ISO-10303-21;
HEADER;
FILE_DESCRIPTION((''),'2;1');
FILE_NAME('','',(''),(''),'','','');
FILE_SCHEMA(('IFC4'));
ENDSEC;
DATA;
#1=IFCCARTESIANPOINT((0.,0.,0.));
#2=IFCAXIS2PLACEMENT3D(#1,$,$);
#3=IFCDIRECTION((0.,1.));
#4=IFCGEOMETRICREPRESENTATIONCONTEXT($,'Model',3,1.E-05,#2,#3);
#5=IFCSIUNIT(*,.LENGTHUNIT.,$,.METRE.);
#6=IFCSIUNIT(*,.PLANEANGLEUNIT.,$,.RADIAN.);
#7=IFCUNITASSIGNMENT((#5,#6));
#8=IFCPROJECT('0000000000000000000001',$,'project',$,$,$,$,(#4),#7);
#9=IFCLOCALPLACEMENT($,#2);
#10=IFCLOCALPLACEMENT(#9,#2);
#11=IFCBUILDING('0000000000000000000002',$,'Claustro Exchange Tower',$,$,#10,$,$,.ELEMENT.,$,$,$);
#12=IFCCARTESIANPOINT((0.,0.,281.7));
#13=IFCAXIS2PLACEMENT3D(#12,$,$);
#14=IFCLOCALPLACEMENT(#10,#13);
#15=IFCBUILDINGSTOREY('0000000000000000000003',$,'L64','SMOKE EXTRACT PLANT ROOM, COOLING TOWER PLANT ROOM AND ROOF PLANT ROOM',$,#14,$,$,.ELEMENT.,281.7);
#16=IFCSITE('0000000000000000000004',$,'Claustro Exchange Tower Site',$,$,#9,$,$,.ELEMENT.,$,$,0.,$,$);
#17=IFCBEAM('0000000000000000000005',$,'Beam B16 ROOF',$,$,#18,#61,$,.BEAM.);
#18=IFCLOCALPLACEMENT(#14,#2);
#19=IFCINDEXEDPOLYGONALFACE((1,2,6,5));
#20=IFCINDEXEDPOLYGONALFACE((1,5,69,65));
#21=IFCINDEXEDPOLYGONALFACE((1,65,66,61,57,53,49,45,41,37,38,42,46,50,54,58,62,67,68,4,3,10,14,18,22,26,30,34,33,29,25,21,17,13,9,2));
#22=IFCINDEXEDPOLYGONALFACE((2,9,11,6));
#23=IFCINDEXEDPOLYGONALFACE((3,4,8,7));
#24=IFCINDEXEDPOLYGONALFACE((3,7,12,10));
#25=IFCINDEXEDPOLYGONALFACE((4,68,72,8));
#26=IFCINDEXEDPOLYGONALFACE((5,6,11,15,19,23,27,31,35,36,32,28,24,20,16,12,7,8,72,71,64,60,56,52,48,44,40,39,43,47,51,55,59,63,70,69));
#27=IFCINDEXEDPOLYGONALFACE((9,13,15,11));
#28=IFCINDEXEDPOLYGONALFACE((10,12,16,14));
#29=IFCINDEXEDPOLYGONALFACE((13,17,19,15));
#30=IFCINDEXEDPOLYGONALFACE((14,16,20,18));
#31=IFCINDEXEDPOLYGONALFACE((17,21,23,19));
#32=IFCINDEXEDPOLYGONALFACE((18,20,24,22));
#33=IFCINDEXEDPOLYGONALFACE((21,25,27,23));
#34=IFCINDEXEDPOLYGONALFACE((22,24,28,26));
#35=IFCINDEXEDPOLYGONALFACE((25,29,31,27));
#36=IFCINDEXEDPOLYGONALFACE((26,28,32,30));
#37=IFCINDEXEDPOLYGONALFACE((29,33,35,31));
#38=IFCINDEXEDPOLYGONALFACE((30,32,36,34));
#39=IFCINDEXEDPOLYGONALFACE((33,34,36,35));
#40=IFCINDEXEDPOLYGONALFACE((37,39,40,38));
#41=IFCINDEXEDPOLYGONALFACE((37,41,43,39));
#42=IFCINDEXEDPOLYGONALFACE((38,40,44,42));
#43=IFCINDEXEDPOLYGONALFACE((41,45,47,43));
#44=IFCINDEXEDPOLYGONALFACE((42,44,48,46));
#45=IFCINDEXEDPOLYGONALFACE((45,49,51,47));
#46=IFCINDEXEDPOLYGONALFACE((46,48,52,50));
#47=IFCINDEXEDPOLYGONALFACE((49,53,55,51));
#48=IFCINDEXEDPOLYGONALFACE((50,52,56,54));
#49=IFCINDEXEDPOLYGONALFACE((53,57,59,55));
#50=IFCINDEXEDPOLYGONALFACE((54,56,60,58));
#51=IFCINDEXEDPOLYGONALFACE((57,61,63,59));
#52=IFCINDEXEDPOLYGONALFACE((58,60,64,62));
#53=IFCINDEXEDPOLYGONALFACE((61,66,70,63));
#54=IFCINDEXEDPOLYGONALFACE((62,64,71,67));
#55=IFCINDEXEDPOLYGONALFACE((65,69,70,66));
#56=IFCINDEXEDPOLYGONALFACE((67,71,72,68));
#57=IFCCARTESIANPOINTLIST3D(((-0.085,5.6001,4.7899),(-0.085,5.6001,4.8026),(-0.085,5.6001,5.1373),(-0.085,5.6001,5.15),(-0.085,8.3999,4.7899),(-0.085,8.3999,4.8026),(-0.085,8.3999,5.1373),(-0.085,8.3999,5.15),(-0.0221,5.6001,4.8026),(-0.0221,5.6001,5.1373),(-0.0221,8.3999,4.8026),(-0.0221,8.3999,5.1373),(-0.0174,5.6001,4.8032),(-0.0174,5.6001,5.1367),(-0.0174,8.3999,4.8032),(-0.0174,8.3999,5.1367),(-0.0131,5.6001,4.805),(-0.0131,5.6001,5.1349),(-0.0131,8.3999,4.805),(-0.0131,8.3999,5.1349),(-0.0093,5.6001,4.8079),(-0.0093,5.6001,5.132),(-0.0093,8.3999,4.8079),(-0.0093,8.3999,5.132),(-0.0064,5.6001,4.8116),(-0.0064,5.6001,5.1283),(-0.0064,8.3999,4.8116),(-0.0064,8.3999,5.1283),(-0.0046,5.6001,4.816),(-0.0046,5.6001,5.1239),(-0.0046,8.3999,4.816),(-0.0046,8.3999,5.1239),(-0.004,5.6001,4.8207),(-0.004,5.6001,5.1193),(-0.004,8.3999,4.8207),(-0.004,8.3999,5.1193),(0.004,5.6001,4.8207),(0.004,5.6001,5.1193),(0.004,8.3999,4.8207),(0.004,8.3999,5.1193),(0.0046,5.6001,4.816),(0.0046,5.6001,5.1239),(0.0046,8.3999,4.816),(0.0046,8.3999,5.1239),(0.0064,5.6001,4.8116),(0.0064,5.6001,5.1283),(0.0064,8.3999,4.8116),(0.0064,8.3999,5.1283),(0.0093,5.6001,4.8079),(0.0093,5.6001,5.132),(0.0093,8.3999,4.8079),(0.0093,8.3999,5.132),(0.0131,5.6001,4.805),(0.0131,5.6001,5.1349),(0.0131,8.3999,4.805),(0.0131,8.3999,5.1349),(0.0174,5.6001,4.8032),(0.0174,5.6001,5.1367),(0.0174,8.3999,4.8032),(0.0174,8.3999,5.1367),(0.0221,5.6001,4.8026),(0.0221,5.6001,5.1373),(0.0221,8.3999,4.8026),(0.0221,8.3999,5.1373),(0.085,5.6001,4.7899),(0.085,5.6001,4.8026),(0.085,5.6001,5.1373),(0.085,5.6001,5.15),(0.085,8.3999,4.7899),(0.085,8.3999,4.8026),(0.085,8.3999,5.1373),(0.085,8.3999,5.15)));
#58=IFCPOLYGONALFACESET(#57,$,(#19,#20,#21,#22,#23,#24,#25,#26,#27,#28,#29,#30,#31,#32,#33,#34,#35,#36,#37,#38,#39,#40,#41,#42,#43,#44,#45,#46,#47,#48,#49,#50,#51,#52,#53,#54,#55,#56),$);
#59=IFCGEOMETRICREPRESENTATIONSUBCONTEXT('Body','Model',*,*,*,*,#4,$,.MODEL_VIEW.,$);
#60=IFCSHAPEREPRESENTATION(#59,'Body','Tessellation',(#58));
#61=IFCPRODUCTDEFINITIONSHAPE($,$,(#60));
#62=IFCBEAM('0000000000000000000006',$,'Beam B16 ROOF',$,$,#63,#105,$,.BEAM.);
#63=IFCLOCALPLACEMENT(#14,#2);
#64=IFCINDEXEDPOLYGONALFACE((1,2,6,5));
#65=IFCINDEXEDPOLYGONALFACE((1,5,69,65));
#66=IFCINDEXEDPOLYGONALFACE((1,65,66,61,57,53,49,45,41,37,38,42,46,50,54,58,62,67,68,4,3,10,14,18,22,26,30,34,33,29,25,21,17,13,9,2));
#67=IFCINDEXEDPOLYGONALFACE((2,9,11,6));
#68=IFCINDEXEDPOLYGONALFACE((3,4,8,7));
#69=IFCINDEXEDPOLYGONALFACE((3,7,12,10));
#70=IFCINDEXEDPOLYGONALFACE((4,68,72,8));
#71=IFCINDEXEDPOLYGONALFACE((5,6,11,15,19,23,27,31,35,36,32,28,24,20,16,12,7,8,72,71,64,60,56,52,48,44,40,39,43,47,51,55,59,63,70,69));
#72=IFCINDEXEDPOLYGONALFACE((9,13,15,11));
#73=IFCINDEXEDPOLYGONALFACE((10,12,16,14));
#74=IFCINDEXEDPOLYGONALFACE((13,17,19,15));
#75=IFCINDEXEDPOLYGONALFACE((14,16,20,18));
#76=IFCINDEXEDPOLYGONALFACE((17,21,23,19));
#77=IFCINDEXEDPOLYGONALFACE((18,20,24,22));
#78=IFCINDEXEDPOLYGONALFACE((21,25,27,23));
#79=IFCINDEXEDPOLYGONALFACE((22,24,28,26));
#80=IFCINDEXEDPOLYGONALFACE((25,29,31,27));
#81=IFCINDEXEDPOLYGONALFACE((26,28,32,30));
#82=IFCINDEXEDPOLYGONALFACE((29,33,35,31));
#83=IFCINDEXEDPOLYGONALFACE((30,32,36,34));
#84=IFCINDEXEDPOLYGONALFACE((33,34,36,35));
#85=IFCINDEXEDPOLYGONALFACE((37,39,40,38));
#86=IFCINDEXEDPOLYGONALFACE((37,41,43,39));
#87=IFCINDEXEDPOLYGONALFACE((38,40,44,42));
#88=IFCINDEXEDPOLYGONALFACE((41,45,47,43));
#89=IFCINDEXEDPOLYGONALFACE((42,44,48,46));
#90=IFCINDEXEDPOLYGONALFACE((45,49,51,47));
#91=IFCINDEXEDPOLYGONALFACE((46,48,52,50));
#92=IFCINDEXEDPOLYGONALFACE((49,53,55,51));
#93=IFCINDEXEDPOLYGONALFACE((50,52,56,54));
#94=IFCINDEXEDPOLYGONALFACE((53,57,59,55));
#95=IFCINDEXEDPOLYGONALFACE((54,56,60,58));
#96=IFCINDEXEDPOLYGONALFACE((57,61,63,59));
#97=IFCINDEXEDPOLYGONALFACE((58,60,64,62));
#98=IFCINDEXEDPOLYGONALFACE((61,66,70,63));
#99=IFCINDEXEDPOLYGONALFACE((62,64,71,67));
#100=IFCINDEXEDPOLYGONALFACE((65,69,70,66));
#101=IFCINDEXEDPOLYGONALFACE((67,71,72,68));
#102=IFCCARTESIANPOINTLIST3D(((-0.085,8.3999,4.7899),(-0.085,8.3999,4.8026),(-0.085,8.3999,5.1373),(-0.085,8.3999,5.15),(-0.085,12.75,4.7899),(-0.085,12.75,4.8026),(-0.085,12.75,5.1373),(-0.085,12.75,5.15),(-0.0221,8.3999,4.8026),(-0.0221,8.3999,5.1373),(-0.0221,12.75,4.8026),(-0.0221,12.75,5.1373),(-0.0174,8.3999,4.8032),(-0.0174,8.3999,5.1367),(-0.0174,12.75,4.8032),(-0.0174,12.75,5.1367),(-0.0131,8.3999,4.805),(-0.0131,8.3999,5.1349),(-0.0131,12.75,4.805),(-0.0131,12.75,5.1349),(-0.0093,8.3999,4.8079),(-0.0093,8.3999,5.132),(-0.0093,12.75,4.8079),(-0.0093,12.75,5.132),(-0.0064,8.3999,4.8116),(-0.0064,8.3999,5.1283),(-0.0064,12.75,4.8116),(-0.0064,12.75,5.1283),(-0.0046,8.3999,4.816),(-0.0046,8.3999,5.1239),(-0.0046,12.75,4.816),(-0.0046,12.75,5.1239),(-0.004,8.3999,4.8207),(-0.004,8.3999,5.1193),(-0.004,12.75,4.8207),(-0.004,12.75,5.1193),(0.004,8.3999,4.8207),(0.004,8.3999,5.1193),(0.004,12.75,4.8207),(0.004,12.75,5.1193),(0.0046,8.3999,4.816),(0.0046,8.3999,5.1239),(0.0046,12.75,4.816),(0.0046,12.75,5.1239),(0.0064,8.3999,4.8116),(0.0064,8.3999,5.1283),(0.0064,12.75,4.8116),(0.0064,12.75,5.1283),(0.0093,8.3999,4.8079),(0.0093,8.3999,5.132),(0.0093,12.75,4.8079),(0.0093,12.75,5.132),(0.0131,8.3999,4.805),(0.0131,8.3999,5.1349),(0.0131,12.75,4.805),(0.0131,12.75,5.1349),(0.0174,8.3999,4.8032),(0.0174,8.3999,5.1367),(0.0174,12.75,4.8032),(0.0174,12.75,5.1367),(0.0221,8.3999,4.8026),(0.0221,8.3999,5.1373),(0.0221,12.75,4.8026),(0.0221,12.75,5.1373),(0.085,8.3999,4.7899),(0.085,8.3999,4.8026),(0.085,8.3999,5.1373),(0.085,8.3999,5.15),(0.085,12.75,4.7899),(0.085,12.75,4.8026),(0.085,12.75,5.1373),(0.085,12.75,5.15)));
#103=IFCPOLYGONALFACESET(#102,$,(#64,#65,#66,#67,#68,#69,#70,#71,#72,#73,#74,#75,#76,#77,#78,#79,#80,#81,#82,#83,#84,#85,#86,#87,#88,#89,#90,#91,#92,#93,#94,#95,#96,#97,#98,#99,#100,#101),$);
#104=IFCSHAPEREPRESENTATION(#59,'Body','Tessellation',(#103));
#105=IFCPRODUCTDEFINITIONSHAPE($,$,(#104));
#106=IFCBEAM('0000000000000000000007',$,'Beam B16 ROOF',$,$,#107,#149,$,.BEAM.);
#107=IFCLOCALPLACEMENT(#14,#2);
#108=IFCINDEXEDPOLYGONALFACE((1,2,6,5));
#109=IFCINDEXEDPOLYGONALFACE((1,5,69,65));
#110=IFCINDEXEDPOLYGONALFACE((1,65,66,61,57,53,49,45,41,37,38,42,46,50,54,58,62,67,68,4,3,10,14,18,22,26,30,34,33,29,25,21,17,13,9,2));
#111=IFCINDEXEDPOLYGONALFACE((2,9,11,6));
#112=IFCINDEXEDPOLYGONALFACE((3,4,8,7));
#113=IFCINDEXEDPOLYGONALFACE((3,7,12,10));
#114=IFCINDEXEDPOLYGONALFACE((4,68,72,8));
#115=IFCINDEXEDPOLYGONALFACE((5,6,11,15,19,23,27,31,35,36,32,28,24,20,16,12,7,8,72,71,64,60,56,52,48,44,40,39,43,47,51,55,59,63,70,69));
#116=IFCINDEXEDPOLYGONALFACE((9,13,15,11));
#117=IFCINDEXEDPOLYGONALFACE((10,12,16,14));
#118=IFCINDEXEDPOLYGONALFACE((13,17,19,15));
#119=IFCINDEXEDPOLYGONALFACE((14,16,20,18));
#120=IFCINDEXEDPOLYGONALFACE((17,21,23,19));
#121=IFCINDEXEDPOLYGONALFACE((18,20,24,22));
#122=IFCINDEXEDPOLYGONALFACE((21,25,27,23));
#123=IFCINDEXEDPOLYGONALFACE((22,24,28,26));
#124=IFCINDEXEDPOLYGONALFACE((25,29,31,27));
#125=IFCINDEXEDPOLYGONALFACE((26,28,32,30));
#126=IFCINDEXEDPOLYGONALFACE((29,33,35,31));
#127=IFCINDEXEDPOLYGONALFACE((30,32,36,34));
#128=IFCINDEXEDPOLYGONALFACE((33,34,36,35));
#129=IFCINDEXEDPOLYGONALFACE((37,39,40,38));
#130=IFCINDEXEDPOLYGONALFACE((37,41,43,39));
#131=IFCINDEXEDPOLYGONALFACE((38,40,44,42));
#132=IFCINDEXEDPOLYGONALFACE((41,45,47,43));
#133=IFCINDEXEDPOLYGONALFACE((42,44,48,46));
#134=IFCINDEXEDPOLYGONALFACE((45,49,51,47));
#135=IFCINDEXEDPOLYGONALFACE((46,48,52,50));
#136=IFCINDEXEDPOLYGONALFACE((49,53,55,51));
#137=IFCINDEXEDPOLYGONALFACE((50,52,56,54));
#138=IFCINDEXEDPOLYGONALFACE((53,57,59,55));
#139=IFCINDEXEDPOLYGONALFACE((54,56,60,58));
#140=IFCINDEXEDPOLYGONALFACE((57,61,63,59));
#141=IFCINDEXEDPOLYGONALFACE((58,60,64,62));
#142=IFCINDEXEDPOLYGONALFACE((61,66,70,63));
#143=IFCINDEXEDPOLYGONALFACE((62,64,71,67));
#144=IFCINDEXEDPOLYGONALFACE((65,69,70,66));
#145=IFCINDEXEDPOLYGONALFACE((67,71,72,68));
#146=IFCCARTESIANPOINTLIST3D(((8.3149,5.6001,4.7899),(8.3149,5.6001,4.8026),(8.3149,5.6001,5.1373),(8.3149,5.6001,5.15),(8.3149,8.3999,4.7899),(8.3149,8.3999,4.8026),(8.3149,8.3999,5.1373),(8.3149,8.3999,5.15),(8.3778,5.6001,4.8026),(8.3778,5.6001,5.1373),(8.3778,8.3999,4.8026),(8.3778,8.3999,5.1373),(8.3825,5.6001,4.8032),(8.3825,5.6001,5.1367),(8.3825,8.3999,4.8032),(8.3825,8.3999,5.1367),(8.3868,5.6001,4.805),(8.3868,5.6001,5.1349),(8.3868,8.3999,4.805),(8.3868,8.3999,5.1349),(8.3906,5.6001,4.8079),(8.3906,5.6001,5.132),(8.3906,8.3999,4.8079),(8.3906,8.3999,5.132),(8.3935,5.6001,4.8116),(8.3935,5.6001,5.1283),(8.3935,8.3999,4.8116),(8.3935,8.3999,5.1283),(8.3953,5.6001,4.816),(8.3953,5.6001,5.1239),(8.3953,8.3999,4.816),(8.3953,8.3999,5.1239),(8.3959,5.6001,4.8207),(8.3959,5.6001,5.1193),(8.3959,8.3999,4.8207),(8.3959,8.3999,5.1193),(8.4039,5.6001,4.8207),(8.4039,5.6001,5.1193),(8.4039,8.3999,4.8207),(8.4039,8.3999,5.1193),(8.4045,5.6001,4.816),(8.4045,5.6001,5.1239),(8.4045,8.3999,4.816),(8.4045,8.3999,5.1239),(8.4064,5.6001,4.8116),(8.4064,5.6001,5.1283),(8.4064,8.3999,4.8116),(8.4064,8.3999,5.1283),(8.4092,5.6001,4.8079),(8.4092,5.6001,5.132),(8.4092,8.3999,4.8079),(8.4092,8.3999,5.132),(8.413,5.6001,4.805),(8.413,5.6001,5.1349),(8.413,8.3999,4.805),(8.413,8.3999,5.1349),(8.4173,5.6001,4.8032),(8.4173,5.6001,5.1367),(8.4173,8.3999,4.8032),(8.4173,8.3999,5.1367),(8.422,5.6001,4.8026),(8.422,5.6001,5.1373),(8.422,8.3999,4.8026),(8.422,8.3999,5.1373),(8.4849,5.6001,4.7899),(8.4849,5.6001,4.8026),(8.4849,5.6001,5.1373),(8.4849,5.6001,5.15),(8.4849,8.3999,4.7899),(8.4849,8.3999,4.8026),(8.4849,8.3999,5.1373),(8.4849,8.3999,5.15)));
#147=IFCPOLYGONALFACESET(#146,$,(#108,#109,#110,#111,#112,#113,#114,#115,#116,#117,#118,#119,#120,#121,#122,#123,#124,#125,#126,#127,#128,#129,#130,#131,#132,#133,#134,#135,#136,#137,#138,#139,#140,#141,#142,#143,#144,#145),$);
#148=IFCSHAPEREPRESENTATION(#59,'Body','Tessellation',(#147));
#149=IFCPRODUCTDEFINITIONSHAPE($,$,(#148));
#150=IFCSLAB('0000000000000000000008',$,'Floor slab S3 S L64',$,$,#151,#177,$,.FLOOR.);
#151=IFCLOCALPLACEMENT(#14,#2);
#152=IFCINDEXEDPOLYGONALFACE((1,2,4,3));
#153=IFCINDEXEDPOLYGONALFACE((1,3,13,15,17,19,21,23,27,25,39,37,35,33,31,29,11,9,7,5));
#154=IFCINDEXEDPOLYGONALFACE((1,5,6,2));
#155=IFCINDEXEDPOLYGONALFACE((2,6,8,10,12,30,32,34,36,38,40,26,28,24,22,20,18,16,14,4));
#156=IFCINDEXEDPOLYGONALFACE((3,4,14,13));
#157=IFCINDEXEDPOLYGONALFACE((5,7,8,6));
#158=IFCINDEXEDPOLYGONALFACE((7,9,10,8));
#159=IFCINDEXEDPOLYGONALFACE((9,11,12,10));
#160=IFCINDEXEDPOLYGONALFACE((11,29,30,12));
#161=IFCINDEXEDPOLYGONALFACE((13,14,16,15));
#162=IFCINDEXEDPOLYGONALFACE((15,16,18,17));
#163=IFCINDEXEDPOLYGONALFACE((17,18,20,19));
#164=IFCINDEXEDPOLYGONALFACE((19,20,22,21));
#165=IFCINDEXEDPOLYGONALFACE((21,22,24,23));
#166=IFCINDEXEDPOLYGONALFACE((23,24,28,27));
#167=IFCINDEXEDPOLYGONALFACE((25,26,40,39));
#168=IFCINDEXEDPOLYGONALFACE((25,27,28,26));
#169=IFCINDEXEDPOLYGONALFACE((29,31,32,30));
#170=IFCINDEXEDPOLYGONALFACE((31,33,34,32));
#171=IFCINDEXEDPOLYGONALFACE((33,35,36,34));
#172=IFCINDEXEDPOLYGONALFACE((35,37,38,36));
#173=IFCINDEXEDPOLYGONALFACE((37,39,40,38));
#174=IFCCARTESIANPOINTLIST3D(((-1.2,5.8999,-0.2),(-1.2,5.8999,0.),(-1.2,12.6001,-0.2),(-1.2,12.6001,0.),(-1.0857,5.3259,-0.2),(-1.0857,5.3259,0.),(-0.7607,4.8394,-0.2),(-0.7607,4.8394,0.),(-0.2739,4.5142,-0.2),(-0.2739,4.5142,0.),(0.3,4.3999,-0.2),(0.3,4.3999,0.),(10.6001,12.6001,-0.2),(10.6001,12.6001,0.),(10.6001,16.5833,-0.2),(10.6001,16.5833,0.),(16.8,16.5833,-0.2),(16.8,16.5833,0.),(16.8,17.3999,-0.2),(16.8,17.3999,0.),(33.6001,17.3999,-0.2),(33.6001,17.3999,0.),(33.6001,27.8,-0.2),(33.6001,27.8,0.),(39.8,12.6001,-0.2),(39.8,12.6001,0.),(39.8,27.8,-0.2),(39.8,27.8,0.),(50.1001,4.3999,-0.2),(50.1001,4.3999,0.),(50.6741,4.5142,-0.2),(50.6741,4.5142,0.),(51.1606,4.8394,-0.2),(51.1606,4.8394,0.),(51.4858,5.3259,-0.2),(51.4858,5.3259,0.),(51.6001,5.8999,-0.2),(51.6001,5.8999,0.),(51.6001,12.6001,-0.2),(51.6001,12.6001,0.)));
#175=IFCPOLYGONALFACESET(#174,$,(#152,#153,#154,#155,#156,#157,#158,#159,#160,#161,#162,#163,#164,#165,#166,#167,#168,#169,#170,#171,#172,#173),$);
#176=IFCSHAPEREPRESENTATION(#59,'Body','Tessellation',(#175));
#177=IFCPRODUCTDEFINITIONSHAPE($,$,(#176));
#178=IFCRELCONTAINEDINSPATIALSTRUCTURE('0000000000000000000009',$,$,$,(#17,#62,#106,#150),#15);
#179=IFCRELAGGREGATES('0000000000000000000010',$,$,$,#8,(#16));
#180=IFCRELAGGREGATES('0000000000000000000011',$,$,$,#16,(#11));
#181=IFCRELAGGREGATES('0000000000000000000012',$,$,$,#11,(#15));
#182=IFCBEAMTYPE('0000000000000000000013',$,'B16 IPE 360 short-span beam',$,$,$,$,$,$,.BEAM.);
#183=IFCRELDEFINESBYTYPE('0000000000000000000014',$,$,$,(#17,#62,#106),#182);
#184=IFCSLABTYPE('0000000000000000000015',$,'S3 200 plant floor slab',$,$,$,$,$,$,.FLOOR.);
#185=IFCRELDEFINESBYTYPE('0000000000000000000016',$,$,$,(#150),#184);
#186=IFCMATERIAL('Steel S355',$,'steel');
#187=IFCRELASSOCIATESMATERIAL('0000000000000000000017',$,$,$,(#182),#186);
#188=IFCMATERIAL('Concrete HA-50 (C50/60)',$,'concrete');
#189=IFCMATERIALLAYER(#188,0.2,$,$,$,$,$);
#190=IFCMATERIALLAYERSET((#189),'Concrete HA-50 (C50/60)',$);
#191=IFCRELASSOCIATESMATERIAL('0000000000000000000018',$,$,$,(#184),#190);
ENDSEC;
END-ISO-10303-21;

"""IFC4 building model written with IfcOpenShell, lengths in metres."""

from ifc_helpers import new_model, si_unit, direction, frame, origin, origin_2d, place, context, subcontext, project, spatial, polyline, i_section, outline, extrude, material, layer, layer_set, material_profile, profile_set, type_object, element, save


model = new_model("IFC4")

# Units and contexts
model_context = context("Model", 3, precision=1e-05, world=origin(), true_north=direction((0.0, 1.0)))
body_context = subcontext(model_context, "Body", "Model", "MODEL_VIEW")
ifc_project = project(units=[si_unit("LENGTHUNIT", "METRE"), si_unit("PLANEANGLEUNIT", "RADIAN")], contexts=[model_context])

# Site, building, storey
site_placement = place(None, origin())
site = spatial("IfcSite", under=ifc_project, at=site_placement, Name="Claustro Exchange Tower Site", CompositionType="ELEMENT", RefElevation=0.0)
building_placement = place(site_placement, origin())
building = spatial("IfcBuilding", under=site, at=building_placement, Name="Claustro Exchange Tower", CompositionType="ELEMENT")
storey_placement = place(building_placement, frame((0.0, 0.0, 281.7)))
storey = spatial("IfcBuildingStorey", under=building, at=storey_placement, Name="L64", Description="SMOKE EXTRACT PLANT ROOM, COOLING TOWER PLANT ROOM AND ROOF PLANT ROOM", CompositionType="ELEMENT", Elevation=281.7)

# Beams
ifc_material_1 = material(Name="Steel S355", Category="steel")
ifc_material_profile_1 = material_profile(ifc_material_1, i_section(OverallWidth=0.1699, OverallDepth=0.3601, WebThickness=0.0081, FlangeThickness=0.0127, FilletRadius=0.0181, at=origin_2d()), Name="IPE 360")
ifc_profile_set_1 = profile_set([ifc_material_profile_1], Name="Steel S355")
beam_type_1 = type_object("IfcBeamType", Name="B16 IPE 360 short-span beam", PredefinedType="BEAM", material=ifc_profile_set_1)
beam_1_placement = place(storey_placement, frame((0.0, 5.6001, 4.97), z_axis=(0.0, 1.0, 0.0), x_axis=(-1.0, 0.0, 0.0)))
element("IfcBeam", 1, at=beam_1_placement, inside=storey, type_object=beam_type_1, Name="Beam B16 ROOF", PredefinedType="BEAM", context=body_context, shape_type="SweptSolid", body=[
    extrude(i_section(OverallWidth=0.1699, OverallDepth=0.3601, WebThickness=0.0081, FlangeThickness=0.0127, FilletRadius=0.0181, at=origin_2d()), origin(), (0.0, 0.0, 1.0), 2.7998),
])
beam_2_placement = place(storey_placement, frame((0.0, 8.3999, 4.97), z_axis=(0.0, 1.0, 0.0), x_axis=(-1.0, 0.0, 0.0)))
element("IfcBeam", 2, at=beam_2_placement, inside=storey, type_object=beam_type_1, Name="Beam B16 ROOF", PredefinedType="BEAM", context=body_context, shape_type="SweptSolid", body=[
    extrude(i_section(OverallWidth=0.1699, OverallDepth=0.3601, WebThickness=0.0081, FlangeThickness=0.0127, FilletRadius=0.0181, at=origin_2d()), origin(), (0.0, 0.0, 1.0), 4.3501),
])
beam_3_placement = place(storey_placement, frame((8.3999, 5.6001, 4.97), z_axis=(0.0, 1.0, 0.0), x_axis=(-1.0, 0.0, 0.0)))
element("IfcBeam", 3, at=beam_3_placement, inside=storey, type_object=beam_type_1, Name="Beam B16 ROOF", PredefinedType="BEAM", context=body_context, shape_type="SweptSolid", body=[
    extrude(i_section(OverallWidth=0.1699, OverallDepth=0.3601, WebThickness=0.0081, FlangeThickness=0.0127, FilletRadius=0.0181, at=origin_2d()), origin(), (0.0, 0.0, 1.0), 2.7998),
])

# Slab
ifc_material_2 = material(Name="Concrete HA-50 (C50/60)", Category="concrete")
ifc_layer_1 = layer(ifc_material_2, 0.2)
ifc_layer_set_1 = layer_set([ifc_layer_1], Name="Concrete HA-50 (C50/60)")
slab_type_1 = type_object("IfcSlabType", Name="S3 200 plant floor slab", PredefinedType="FLOOR", material=ifc_layer_set_1)
slab_1_placement = place(storey_placement, frame((0.0, 0.0, -0.2)))
element("IfcSlab", 4, at=slab_1_placement, inside=storey, type_object=slab_type_1, Name="Floor slab S3 S L64", PredefinedType="FLOOR", context=body_context, shape_type="SweptSolid", body=[
    extrude(outline(polyline([(-0.7607, 4.8394), (-0.2739, 4.5142), (0.3, 4.3999), (50.1001, 4.3999), (50.6741, 4.5142), (51.1606, 4.8394), (51.4858, 5.3259), (51.6001, 5.8999), (51.6001, 12.6001), (39.8, 12.6001), (39.8, 27.8), (33.6001, 27.8), (33.6001, 17.3999), (16.8, 17.3999), (16.8, 16.5833), (10.6001, 16.5833), (10.6001, 12.6001), (-1.2, 12.6001), (-1.2, 5.8999), (-1.0857, 5.3259), (-0.7607, 4.8394)])), origin(), (0.0, 0.0, 1.0), 0.2),
])

save(model, "model.ifc")
